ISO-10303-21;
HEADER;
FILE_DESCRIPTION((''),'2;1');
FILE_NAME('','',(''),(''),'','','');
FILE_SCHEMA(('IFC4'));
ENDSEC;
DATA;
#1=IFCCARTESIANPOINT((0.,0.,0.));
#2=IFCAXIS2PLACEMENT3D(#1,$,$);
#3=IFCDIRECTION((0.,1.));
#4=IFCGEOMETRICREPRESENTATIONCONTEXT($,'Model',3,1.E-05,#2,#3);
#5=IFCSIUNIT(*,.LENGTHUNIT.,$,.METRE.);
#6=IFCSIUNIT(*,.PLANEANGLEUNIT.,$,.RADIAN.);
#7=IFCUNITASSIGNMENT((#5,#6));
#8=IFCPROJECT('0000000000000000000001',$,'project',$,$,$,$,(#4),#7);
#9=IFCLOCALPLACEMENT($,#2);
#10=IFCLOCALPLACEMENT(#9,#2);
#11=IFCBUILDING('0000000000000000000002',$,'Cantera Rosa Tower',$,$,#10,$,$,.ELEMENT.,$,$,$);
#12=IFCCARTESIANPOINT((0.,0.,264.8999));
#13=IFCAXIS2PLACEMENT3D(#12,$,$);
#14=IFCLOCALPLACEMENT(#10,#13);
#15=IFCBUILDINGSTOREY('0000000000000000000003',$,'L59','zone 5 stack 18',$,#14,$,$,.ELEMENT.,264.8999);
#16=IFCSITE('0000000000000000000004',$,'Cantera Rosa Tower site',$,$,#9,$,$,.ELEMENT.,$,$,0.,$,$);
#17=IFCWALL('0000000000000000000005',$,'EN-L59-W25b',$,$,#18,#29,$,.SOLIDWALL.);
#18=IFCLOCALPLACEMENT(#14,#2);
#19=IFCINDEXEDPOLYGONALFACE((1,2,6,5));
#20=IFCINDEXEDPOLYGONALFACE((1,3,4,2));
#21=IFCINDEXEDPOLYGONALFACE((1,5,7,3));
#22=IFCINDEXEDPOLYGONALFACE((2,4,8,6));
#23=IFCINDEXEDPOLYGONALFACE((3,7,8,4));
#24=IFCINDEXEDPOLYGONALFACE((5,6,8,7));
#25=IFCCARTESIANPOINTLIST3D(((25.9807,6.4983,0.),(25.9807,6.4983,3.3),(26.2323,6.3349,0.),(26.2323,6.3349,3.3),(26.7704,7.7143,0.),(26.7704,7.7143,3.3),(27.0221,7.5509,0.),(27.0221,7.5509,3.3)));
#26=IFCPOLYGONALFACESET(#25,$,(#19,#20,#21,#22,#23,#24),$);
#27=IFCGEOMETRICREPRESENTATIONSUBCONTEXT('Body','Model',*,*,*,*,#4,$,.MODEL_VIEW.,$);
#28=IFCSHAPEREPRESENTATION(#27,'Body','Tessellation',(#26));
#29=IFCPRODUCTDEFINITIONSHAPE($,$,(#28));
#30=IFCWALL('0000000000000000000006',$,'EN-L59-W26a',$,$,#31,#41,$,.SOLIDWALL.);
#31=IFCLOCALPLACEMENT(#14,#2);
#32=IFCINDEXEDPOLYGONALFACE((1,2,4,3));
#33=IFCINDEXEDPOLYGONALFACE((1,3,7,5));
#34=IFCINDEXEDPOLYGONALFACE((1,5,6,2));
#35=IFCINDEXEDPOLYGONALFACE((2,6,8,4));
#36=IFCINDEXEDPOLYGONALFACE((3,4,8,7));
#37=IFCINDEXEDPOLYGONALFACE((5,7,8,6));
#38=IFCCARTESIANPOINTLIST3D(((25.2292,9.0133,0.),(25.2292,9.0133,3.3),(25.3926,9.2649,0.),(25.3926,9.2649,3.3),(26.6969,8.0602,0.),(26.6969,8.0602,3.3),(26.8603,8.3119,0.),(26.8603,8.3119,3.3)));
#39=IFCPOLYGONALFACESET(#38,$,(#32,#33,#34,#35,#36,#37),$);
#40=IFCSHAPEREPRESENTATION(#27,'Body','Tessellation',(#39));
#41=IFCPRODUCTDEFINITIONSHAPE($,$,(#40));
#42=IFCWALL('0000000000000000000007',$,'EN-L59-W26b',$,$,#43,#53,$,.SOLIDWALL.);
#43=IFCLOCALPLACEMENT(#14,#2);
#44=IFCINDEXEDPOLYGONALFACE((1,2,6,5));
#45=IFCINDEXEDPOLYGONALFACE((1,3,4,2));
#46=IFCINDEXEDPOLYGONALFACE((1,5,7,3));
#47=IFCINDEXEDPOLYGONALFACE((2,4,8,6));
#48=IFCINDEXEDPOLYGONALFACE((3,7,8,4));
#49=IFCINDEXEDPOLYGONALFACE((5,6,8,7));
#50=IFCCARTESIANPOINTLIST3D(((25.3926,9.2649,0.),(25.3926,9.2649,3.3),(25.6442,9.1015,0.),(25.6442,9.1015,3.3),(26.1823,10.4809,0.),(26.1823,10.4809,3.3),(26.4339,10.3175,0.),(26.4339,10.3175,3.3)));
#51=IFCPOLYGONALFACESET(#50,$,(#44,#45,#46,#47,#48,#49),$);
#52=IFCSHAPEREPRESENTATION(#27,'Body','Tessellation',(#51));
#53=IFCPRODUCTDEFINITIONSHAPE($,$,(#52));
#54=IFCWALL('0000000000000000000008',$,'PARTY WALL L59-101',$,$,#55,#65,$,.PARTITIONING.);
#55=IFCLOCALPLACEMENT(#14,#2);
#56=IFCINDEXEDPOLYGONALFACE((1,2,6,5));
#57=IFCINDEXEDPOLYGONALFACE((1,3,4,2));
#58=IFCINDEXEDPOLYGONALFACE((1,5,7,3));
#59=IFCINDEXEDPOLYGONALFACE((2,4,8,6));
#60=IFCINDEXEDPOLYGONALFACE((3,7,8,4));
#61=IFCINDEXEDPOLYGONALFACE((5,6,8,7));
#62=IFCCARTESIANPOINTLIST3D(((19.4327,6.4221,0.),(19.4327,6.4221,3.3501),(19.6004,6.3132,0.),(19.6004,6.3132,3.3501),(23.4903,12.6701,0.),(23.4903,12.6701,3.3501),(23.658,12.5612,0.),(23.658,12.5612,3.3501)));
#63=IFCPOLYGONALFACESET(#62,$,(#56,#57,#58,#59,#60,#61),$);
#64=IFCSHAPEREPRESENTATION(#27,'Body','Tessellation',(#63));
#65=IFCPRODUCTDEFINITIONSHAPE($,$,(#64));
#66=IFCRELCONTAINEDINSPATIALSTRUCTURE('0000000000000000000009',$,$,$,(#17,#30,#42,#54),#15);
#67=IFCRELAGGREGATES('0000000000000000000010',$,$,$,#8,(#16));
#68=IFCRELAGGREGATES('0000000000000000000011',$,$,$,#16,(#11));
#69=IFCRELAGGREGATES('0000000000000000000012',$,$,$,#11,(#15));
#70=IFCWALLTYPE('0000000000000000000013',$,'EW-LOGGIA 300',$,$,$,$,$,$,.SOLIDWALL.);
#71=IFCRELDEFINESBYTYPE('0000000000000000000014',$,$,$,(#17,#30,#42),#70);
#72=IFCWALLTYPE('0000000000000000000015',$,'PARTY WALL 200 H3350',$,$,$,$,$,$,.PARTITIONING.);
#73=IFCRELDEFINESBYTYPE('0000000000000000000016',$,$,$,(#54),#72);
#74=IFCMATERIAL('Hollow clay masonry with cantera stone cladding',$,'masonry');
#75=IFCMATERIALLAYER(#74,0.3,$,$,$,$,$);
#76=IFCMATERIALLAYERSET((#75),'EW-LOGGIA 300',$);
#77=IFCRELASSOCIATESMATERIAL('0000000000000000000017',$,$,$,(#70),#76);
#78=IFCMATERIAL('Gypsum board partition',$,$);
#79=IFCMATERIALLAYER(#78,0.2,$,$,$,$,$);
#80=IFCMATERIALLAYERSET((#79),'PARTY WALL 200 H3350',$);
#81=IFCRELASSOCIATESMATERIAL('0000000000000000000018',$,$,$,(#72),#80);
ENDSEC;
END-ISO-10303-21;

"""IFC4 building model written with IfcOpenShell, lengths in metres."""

from ifc_helpers import new_model, si_unit, direction, frame, frame_2d, origin, place, context, subcontext, project, spatial, rectangle, extrude, material, layer, layer_set, type_object, element, save


model = new_model("IFC4")

# Units and contexts
model_context = context("Model", 3, precision=1e-05, world=origin(), true_north=direction((0.0, 1.0)))
body_context = subcontext(model_context, "Body", "Model", "MODEL_VIEW")
ifc_project = project(units=[si_unit("LENGTHUNIT", "METRE"), si_unit("PLANEANGLEUNIT", "RADIAN")], contexts=[model_context])

# Site, building, storey
site_placement = place(None, origin())
site = spatial("IfcSite", under=ifc_project, at=site_placement, Name="Cantera Rosa Tower site", CompositionType="ELEMENT", RefElevation=0.0)
building_placement = place(site_placement, origin())
building = spatial("IfcBuilding", under=site, at=building_placement, Name="Cantera Rosa Tower", CompositionType="ELEMENT")
storey_placement = place(building_placement, frame((0.0, 0.0, 264.8999)))
storey = spatial("IfcBuildingStorey", under=building, at=storey_placement, Name="L59", Description="zone 5 stack 18", CompositionType="ELEMENT", Elevation=264.8999)

# Walls
ifc_material_1 = material(Name="Hollow clay masonry with cantera stone cladding", Category="masonry")
ifc_layer_1 = layer(ifc_material_1, 0.3)
ifc_layer_set_1 = layer_set([ifc_layer_1], Name="EW-LOGGIA 300")
wall_type_1 = type_object("IfcWallType", Name="EW-LOGGIA 300", PredefinedType="SOLIDWALL", material=ifc_layer_set_1)
wall_1_placement = place(storey_placement, frame((26.1064, 6.4165, 0.0), z_axis=(0.0, 0.0, 1.0), x_axis=(0.544675, 0.838647, 0.0)))
element("IfcWall", 1, at=wall_1_placement, inside=storey, type_object=wall_type_1, Name="EN-L59-W25b", PredefinedType="SOLIDWALL", context=body_context, shape_type="SweptSolid", body=[
    extrude(rectangle(XDim=1.45, YDim=0.3, at=frame_2d((0.7251, 0.0))), origin(), (0.0, 0.0, 1.0), 3.3),
])
wall_2_placement = place(storey_placement, frame((26.7786, 8.186, 0.0), z_axis=(0.0, 0.0, 1.0), x_axis=(-0.838686, 0.544616, 0.0)))
element("IfcWall", 2, at=wall_2_placement, inside=storey, type_object=wall_type_1, Name="EN-L59-W26a", PredefinedType="SOLIDWALL", context=body_context, shape_type="SweptSolid", body=[
    extrude(rectangle(XDim=1.75, YDim=0.3, at=frame_2d((0.875, 0.0))), origin(), (0.0, 0.0, 1.0), 3.3),
])
wall_3_placement = place(storey_placement, frame((25.5183, 9.1831, 0.0), z_axis=(0.0, 0.0, 1.0), x_axis=(0.544675, 0.838647, 0.0)))
element("IfcWall", 3, at=wall_3_placement, inside=storey, type_object=wall_type_1, Name="EN-L59-W26b", PredefinedType="SOLIDWALL", context=body_context, shape_type="SweptSolid", body=[
    extrude(rectangle(XDim=1.45, YDim=0.3, at=frame_2d((0.7251, 0.0))), origin(), (0.0, 0.0, 1.0), 3.3),
])

# Wall
ifc_material_2 = material(Name="Gypsum board partition")
ifc_layer_2 = layer(ifc_material_2, 0.2)
ifc_layer_set_2 = layer_set([ifc_layer_2], Name="PARTY WALL 200 H3350")
wall_type_2 = type_object("IfcWallType", Name="PARTY WALL 200 H3350", PredefinedType="PARTITIONING", material=ifc_layer_set_2)
wall_4_placement = place(storey_placement, frame((23.5742, 12.6157, 0.0), z_axis=(0.0, 0.0, 1.0), x_axis=(-0.544647, -0.838665, 0.0)))
element("IfcWall", 4, at=wall_4_placement, inside=storey, type_object=wall_type_2, Name="PARTY WALL L59-101", PredefinedType="PARTITIONING", context=body_context, shape_type="SweptSolid", body=[
    extrude(rectangle(XDim=7.45, YDim=0.2, at=frame_2d((3.7251, 0.0))), origin(), (0.0, 0.0, 1.0), 3.3501),
])

save(model, "model.ifc")
